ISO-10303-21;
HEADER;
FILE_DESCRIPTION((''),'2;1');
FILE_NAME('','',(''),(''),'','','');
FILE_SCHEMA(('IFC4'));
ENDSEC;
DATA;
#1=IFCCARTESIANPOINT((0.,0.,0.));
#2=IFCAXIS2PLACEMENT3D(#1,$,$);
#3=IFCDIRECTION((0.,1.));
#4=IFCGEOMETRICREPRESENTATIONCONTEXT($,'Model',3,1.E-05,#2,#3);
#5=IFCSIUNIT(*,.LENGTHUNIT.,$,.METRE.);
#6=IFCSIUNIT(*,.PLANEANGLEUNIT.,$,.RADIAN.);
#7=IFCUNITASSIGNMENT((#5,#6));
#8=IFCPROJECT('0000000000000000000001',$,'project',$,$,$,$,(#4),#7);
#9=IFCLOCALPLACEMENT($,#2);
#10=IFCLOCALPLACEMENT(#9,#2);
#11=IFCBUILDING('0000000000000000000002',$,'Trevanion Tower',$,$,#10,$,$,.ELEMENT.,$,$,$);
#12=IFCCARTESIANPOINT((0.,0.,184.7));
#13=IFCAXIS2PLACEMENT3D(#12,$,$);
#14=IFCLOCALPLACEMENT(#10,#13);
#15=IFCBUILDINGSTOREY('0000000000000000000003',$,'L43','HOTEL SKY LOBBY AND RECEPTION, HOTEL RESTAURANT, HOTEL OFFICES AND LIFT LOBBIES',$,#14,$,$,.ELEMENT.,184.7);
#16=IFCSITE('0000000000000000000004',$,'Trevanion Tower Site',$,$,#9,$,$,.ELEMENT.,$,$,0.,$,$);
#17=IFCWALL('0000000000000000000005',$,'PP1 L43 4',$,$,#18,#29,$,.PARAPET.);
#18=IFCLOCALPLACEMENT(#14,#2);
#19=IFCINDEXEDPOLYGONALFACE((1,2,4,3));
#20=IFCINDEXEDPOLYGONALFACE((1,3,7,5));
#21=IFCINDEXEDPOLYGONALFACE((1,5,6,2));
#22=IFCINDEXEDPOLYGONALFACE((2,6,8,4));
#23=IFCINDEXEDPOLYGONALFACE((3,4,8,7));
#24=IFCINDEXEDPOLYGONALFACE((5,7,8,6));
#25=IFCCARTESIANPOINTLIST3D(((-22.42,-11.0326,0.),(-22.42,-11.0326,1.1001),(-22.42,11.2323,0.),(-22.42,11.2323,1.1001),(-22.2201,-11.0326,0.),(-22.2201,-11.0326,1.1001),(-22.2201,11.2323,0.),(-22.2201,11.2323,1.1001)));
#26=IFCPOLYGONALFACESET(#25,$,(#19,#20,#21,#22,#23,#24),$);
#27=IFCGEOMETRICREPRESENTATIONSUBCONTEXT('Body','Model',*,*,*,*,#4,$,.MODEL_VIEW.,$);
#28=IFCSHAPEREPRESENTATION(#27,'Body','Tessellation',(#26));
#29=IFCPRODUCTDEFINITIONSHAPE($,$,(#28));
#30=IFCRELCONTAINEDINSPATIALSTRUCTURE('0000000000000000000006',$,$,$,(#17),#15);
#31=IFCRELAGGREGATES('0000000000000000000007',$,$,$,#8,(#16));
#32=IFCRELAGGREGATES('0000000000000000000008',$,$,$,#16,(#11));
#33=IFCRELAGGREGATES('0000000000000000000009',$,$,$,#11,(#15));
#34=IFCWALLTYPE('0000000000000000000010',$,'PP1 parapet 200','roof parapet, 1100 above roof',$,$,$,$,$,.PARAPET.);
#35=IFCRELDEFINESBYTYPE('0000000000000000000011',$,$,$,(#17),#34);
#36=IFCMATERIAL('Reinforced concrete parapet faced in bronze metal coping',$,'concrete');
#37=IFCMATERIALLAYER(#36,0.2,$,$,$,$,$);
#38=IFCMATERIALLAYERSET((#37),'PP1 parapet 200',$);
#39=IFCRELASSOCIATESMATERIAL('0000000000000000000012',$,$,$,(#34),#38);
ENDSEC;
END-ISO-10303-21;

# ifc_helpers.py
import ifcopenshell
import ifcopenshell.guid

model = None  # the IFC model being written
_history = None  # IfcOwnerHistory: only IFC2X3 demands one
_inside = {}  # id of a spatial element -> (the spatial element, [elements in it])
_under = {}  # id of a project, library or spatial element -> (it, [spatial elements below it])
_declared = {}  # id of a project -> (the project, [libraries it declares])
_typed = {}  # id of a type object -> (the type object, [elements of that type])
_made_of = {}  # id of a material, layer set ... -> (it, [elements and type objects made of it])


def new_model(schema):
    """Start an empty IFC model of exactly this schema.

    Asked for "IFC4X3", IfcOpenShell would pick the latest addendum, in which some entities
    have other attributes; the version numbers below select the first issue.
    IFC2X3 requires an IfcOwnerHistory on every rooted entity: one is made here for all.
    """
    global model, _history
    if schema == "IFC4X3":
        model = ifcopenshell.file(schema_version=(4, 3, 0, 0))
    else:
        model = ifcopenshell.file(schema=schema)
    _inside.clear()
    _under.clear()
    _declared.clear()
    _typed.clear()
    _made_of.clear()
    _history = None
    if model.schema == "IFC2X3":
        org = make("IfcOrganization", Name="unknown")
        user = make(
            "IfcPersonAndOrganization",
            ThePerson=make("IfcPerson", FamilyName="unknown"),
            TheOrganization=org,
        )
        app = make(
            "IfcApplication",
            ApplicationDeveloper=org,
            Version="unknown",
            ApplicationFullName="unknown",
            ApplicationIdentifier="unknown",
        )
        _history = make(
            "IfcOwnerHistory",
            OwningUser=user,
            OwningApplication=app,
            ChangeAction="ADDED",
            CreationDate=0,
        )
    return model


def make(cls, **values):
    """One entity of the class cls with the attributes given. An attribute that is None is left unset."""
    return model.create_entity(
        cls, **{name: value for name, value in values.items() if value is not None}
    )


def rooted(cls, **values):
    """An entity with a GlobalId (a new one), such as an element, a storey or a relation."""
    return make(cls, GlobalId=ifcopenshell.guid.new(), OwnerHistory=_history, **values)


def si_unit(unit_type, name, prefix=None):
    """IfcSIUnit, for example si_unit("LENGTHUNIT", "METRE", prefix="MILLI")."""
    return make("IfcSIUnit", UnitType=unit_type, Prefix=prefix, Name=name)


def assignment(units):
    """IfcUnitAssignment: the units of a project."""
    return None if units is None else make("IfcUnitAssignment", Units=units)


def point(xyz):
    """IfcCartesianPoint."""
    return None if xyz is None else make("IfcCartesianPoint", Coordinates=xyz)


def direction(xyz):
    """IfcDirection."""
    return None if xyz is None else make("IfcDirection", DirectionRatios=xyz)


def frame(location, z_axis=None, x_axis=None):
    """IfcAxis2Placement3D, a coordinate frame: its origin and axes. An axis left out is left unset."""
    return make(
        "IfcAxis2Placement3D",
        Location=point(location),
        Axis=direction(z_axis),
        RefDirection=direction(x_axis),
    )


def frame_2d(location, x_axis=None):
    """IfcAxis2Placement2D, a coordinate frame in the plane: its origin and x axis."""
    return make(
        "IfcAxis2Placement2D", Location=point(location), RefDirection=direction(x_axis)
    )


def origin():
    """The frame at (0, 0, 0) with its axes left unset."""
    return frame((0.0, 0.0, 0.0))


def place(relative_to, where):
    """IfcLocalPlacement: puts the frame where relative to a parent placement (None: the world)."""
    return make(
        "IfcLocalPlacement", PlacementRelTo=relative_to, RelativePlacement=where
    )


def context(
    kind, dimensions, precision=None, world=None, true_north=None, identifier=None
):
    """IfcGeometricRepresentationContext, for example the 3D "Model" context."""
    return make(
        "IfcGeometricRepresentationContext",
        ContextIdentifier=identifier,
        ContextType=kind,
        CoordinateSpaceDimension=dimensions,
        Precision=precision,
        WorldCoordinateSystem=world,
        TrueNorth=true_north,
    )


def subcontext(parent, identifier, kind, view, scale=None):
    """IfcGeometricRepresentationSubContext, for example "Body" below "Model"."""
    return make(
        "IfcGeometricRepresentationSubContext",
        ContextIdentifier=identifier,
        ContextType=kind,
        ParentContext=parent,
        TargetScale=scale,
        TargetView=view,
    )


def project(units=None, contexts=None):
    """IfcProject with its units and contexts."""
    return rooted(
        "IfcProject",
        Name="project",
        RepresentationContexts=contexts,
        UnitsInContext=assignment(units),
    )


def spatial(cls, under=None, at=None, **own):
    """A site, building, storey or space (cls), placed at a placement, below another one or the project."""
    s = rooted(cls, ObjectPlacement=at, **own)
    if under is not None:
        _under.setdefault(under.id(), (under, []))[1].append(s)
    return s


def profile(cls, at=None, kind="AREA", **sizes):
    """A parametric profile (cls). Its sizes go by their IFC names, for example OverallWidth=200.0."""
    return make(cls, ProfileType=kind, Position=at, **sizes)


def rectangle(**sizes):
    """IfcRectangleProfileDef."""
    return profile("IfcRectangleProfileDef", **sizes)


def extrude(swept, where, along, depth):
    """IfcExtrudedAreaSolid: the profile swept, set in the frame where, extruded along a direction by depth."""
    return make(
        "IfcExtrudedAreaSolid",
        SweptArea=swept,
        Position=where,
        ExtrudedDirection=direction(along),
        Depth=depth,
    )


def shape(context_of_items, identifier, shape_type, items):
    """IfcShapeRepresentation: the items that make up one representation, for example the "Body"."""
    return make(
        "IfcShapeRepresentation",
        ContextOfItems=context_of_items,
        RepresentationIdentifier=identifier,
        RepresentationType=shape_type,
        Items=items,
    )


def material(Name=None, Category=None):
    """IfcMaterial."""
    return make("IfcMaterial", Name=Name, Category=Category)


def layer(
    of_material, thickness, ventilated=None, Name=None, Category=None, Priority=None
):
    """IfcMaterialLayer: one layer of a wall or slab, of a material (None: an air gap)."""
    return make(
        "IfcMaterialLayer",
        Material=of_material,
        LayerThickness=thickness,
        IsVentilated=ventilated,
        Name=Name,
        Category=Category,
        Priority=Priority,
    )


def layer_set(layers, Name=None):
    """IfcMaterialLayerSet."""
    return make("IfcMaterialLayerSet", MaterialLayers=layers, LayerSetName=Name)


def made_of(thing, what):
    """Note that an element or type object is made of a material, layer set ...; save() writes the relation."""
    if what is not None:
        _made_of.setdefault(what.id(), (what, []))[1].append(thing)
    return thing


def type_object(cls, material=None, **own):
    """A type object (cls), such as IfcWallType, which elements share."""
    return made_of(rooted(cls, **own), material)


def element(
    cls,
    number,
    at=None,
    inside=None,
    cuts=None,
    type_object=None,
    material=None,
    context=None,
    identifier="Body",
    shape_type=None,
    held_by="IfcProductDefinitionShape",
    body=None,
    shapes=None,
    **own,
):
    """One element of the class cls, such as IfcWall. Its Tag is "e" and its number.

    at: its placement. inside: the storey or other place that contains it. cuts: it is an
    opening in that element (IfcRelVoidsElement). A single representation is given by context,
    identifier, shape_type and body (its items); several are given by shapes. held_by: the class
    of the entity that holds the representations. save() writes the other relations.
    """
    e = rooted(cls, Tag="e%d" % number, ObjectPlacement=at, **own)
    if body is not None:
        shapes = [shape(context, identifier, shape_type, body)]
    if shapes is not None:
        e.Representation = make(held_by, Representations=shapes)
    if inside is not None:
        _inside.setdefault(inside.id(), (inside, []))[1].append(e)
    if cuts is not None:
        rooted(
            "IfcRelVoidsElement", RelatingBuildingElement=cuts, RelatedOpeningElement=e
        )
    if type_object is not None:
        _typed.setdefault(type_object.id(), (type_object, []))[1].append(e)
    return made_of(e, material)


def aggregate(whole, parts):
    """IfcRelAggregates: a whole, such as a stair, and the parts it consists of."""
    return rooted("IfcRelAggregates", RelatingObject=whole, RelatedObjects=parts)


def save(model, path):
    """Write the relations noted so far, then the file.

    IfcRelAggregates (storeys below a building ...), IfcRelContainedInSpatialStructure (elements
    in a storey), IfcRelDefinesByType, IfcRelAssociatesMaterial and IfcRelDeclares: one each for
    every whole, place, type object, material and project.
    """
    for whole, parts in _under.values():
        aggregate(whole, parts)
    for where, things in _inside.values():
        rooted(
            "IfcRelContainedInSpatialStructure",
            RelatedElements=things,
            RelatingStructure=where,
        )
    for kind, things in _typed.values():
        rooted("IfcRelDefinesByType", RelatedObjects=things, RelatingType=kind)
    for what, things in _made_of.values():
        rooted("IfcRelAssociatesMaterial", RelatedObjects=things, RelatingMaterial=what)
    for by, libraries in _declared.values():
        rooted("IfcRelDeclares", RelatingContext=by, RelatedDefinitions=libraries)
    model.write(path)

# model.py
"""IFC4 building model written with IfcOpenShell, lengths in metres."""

from ifc_helpers import new_model, si_unit, direction, frame, frame_2d, origin, place, context, subcontext, project, spatial, rectangle, extrude, material, layer, layer_set, type_object, element, save


model = new_model("IFC4")

# Units and contexts
model_context = context("Model", 3, precision=1e-05, world=origin(), true_north=direction((0.0, 1.0)))
body_context = subcontext(model_context, "Body", "Model", "MODEL_VIEW")
ifc_project = project(units=[si_unit("LENGTHUNIT", "METRE"), si_unit("PLANEANGLEUNIT", "RADIAN")], contexts=[model_context])

# Site, building, storey
site_placement = place(None, origin())
site = spatial("IfcSite", under=ifc_project, at=site_placement, Name="Trevanion Tower Site", CompositionType="ELEMENT", RefElevation=0.0)
building_placement = place(site_placement, origin())
building = spatial("IfcBuilding", under=site, at=building_placement, Name="Trevanion Tower", CompositionType="ELEMENT")
storey_placement = place(building_placement, frame((0.0, 0.0, 184.7)))
storey = spatial("IfcBuildingStorey", under=building, at=storey_placement, Name="L43", Description="HOTEL SKY LOBBY AND RECEPTION, HOTEL RESTAURANT, HOTEL OFFICES AND LIFT LOBBIES", CompositionType="ELEMENT", Elevation=184.7)

# Wall
ifc_material_1 = material(Name="Reinforced concrete parapet faced in bronze metal coping", Category="concrete")
ifc_layer_1 = layer(ifc_material_1, 0.2)
ifc_layer_set_1 = layer_set([ifc_layer_1], Name="PP1 parapet 200")
wall_type = type_object("IfcWallType", Name="PP1 parapet 200", Description="roof parapet, 1100 above roof", PredefinedType="PARAPET", material=ifc_layer_set_1)
wall_placement = place(storey_placement, frame((-22.3201, -11.0325, 0.0), z_axis=(0.0, 0.0, 1.0), x_axis=(0.0, 1.0, 0.0)))
element("IfcWall", 1, at=wall_placement, inside=storey, type_object=wall_type, Name="PP1 L43 4", PredefinedType="PARAPET", context=body_context, shape_type="SweptSolid", body=[
    extrude(rectangle(XDim=22.2649, YDim=0.2, at=frame_2d((11.1323, 0.0))), origin(), (0.0, 0.0, 1.0), 1.1001),
])

save(model, "model.ifc")
